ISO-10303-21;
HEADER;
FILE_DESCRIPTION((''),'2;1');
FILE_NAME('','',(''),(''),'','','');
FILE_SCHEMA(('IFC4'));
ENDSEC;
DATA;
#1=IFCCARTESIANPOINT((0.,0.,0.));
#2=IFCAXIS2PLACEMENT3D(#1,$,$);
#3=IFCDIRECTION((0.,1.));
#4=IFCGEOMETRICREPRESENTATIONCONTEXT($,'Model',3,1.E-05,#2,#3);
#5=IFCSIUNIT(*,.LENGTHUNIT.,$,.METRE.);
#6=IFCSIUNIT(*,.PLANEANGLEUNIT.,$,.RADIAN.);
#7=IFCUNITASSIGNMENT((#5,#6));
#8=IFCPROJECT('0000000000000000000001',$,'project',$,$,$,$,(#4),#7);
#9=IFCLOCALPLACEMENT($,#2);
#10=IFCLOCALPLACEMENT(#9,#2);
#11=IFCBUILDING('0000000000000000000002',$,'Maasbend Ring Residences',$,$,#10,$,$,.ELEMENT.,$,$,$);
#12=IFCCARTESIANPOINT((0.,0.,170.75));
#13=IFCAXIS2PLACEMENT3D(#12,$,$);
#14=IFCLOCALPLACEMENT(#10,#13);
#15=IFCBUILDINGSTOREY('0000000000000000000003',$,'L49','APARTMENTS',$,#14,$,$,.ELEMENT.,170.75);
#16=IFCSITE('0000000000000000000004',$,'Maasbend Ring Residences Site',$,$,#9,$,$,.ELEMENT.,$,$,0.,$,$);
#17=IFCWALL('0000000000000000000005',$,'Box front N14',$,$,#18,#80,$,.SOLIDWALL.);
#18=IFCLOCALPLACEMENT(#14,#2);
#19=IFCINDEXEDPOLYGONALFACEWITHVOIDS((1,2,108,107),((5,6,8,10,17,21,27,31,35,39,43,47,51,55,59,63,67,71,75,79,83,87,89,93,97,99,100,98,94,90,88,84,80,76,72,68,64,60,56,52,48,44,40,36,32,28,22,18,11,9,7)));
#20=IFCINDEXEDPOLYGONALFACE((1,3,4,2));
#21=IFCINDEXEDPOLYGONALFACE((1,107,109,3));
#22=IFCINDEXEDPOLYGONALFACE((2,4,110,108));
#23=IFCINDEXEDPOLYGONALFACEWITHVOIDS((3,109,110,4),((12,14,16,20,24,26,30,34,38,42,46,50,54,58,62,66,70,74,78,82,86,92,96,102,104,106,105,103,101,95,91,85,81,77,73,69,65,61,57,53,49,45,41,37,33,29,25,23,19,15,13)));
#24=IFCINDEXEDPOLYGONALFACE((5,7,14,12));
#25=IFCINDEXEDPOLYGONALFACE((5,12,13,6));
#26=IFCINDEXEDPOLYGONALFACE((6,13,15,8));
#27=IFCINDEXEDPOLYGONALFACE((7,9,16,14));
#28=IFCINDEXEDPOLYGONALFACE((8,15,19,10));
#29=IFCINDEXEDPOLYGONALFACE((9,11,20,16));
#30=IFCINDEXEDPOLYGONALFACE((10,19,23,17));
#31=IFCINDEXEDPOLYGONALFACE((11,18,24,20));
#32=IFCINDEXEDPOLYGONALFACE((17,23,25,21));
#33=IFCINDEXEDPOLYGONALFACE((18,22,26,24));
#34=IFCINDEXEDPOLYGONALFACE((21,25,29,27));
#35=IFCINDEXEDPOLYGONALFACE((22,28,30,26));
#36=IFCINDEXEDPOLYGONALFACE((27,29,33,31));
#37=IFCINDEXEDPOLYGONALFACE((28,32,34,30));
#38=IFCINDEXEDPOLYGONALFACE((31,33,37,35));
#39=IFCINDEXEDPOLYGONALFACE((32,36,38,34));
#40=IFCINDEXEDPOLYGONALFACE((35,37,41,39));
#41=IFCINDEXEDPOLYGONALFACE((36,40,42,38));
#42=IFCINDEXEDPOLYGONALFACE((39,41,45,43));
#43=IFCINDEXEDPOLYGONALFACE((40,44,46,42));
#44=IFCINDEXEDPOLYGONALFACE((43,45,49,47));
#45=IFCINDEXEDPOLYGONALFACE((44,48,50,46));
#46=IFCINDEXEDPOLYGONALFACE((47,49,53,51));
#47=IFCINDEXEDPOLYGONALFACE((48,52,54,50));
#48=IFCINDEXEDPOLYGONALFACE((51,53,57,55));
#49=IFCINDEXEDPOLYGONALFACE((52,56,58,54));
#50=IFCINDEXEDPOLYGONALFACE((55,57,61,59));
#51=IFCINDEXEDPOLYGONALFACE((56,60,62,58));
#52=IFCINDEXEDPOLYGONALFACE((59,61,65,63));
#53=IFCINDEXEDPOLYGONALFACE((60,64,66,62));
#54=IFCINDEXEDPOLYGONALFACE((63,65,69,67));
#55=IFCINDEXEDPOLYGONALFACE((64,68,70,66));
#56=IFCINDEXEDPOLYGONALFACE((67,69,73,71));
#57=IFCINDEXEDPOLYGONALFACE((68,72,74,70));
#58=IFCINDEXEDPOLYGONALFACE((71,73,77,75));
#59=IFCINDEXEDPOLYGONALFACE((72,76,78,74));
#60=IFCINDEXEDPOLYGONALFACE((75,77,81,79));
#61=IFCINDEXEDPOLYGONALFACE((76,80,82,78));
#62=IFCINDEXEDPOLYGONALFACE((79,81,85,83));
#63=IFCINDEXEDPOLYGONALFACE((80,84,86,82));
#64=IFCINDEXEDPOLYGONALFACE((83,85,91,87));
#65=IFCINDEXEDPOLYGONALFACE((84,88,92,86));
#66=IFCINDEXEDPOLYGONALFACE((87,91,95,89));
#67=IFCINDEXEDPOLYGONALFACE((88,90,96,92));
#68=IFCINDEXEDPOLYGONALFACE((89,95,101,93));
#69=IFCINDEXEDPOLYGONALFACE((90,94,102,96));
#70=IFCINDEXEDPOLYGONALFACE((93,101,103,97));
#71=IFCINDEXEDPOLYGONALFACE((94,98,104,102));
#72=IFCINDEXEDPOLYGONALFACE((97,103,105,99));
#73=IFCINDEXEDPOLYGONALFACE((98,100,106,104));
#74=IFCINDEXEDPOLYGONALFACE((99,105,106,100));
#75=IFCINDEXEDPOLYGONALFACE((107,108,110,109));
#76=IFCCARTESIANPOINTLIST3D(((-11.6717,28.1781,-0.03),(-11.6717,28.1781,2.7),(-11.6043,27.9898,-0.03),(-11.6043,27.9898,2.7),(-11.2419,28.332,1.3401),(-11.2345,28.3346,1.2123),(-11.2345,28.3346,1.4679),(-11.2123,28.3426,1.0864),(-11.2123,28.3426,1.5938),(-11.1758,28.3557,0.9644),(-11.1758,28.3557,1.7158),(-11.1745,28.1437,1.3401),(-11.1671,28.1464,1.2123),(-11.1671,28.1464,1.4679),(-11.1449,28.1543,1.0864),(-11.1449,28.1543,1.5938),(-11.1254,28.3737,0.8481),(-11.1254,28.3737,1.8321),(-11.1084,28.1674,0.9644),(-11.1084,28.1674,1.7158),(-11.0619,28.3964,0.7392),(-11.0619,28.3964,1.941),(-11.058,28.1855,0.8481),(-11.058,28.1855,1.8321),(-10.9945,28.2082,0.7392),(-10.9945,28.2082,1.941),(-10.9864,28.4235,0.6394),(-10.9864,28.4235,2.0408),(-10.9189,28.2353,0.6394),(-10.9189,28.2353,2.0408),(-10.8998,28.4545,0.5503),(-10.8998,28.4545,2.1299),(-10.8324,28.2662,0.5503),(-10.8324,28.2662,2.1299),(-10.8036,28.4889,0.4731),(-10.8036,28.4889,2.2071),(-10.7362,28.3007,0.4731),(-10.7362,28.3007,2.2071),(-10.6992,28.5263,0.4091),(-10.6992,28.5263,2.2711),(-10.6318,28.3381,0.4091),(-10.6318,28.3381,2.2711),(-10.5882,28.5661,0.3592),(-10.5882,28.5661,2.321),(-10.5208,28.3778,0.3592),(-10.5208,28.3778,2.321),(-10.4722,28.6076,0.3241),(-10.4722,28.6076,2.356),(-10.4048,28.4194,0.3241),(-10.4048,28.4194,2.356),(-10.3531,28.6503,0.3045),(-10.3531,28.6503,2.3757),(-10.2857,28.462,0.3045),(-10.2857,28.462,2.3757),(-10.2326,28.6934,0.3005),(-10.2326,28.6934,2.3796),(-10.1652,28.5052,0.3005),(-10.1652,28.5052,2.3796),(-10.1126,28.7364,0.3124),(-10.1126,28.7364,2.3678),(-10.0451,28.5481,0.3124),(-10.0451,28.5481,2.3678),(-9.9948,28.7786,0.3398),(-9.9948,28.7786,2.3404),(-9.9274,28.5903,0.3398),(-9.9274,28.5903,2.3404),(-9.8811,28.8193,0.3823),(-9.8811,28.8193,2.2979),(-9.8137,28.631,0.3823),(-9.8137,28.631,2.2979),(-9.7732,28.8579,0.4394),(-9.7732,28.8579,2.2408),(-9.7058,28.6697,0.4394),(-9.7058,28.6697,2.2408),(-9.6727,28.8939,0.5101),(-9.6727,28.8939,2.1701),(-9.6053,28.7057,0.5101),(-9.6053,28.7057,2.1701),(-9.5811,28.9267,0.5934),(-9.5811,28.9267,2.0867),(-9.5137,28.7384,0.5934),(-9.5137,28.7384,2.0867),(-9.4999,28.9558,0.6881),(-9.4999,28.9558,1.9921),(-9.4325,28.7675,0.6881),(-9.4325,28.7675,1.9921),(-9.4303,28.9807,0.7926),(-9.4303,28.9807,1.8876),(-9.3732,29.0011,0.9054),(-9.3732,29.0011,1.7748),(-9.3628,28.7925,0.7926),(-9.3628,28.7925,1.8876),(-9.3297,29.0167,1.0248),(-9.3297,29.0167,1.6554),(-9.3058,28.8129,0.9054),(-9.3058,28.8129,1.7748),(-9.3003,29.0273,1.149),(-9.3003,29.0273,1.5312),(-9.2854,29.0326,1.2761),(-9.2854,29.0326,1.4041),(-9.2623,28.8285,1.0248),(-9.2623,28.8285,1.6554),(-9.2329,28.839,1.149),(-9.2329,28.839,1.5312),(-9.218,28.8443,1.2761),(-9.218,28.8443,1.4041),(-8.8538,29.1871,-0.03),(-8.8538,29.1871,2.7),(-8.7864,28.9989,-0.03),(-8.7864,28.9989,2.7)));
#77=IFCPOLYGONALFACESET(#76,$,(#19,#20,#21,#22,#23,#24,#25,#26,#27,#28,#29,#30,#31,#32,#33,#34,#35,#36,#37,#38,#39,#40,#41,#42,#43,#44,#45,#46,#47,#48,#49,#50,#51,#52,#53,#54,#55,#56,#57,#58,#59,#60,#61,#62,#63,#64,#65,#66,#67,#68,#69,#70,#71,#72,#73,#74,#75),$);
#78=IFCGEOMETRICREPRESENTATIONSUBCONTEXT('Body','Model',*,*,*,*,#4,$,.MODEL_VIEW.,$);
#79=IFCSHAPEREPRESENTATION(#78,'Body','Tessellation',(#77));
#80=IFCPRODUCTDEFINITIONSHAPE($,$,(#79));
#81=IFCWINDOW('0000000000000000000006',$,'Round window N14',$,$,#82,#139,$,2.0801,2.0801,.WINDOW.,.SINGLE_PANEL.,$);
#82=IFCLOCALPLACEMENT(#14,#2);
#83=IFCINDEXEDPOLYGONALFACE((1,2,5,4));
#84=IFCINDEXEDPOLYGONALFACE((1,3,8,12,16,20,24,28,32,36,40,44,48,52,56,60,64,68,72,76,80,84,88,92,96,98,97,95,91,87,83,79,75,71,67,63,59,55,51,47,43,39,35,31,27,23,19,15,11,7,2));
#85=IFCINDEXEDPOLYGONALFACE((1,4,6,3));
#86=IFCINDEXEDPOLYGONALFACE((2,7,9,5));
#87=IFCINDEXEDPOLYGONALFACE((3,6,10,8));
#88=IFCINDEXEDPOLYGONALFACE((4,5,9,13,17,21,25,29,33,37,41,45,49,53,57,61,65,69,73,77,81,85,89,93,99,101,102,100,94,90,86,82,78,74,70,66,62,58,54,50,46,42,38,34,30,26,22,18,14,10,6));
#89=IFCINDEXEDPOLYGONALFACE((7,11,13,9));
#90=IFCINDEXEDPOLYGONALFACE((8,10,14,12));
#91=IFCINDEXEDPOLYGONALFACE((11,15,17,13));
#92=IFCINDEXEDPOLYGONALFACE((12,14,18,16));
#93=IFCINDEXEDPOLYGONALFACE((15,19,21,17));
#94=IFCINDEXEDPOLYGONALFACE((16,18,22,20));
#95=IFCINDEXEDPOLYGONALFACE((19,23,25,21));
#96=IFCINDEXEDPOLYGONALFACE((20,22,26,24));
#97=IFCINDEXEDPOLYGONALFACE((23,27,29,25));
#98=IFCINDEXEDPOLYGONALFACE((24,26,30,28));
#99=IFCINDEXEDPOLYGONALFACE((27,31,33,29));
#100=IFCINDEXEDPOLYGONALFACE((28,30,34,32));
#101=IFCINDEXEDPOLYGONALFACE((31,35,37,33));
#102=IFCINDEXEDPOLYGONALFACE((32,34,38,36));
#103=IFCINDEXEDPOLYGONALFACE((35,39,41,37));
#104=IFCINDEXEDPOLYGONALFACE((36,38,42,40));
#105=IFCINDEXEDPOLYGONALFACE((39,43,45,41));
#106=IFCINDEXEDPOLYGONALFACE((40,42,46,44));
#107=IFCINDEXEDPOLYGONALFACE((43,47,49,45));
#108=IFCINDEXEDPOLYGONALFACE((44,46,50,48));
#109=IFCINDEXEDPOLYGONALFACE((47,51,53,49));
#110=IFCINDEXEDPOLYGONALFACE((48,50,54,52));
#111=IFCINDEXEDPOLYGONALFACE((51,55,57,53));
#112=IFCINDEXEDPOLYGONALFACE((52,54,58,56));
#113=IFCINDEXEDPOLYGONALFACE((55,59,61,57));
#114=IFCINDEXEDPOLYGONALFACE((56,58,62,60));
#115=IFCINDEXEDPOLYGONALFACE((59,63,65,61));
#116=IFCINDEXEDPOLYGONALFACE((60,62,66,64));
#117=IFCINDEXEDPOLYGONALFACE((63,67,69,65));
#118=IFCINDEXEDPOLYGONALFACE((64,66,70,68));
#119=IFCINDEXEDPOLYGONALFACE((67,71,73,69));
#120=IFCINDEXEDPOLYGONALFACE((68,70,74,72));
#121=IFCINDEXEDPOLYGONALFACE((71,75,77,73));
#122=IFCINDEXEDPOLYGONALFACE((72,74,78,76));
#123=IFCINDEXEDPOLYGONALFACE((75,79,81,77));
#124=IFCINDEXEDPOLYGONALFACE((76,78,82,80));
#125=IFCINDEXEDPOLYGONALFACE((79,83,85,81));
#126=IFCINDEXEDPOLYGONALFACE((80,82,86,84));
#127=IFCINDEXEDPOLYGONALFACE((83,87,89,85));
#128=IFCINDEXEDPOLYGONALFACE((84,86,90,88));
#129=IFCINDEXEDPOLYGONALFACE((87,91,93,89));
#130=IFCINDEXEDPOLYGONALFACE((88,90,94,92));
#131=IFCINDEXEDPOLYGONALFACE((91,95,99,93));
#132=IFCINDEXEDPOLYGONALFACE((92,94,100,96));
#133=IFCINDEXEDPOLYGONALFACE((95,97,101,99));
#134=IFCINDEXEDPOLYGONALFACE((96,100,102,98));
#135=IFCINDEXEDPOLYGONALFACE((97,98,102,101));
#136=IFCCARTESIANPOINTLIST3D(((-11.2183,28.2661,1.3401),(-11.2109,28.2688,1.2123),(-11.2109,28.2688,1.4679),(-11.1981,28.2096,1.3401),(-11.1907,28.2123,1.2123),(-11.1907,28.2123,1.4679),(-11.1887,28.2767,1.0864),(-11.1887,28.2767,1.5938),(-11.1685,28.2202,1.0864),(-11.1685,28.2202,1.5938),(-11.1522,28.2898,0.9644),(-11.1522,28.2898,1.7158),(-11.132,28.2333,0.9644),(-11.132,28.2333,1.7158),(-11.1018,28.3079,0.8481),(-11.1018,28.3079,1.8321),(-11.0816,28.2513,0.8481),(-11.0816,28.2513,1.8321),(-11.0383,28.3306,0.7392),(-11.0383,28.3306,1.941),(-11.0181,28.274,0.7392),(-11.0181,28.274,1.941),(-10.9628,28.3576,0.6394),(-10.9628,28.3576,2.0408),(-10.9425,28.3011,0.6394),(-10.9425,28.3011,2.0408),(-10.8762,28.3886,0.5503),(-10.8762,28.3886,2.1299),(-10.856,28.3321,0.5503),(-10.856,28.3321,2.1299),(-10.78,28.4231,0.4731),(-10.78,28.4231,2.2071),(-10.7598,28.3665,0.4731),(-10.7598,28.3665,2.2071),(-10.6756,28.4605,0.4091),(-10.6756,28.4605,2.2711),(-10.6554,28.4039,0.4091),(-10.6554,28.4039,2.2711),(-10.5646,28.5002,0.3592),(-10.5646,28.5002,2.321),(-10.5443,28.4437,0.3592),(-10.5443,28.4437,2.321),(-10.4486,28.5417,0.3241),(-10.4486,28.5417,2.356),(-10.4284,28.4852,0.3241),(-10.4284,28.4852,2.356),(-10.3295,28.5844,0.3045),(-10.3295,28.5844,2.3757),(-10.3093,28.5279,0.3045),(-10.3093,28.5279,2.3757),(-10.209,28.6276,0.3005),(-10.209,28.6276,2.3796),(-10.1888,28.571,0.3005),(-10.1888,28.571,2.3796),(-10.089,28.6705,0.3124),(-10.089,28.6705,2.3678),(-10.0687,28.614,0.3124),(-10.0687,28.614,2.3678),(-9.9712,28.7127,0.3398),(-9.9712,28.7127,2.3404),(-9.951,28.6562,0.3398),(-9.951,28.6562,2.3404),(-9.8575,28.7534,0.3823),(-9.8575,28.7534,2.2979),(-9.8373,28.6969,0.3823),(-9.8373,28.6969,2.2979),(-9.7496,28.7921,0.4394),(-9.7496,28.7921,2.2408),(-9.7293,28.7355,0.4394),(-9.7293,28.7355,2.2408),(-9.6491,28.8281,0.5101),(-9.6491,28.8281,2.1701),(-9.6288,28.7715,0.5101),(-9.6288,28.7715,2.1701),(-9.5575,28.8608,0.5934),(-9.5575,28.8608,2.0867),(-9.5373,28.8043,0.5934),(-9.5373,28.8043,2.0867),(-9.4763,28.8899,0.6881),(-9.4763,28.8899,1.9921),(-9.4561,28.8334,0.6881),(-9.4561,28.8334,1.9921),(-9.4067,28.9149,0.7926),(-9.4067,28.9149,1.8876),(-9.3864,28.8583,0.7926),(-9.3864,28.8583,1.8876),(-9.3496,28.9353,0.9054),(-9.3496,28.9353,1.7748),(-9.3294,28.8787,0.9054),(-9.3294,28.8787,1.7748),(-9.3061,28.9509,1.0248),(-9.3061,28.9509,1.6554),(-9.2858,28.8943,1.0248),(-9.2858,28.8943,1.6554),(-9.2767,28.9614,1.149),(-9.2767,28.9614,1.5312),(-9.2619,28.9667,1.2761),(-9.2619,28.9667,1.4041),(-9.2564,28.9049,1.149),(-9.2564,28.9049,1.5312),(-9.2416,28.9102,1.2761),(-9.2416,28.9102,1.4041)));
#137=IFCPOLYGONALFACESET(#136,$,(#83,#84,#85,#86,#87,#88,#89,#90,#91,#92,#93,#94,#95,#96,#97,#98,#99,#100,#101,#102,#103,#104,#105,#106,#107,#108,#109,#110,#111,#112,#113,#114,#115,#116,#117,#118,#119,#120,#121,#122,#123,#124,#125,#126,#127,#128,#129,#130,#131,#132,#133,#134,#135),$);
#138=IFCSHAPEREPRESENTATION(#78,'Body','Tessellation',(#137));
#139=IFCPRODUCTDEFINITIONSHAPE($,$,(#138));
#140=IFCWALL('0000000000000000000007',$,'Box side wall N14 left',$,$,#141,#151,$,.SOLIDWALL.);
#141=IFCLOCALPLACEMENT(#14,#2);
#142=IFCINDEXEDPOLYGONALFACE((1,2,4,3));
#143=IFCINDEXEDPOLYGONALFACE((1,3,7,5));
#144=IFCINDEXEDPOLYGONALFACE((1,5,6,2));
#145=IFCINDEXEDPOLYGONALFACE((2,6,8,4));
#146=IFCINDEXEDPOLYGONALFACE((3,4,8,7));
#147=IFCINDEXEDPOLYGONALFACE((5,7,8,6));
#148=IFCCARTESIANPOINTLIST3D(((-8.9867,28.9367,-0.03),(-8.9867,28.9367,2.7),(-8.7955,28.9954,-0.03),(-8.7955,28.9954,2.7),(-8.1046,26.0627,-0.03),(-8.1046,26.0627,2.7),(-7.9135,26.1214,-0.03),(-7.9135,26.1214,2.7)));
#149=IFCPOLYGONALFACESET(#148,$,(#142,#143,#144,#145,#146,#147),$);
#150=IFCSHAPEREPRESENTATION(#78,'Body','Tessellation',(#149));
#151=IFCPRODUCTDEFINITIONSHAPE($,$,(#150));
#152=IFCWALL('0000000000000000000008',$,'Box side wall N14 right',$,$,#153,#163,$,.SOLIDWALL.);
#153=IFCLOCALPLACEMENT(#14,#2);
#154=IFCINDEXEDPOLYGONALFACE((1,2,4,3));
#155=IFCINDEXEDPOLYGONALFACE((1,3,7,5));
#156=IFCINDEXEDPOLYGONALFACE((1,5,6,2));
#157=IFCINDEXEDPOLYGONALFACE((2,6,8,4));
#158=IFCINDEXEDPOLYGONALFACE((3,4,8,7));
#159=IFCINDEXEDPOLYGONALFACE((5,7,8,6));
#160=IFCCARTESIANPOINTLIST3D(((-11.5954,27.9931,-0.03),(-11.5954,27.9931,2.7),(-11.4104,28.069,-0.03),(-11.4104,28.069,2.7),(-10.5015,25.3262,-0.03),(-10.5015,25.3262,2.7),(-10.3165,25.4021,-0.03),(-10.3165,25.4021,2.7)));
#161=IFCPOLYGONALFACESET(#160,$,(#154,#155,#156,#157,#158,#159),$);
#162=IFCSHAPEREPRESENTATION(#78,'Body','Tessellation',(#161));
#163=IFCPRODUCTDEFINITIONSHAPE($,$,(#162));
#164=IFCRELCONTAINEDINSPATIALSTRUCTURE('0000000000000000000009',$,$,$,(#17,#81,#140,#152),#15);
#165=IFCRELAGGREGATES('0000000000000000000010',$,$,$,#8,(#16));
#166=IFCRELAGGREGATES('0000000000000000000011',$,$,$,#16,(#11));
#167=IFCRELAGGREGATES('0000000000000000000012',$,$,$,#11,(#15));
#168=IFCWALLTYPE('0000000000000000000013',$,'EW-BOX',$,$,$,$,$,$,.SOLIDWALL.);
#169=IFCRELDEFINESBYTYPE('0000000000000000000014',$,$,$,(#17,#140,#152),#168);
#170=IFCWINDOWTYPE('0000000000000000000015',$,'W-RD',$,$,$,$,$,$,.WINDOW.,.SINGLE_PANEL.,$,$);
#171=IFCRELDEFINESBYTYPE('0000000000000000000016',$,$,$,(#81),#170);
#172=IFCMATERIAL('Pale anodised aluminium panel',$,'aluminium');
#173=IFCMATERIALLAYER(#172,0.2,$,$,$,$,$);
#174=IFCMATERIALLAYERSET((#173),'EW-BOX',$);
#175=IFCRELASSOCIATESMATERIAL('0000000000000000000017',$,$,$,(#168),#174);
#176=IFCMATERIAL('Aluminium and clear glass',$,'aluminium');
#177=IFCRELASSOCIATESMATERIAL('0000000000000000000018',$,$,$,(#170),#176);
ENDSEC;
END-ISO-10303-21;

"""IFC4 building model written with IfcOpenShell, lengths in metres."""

from ifc_helpers import new_model, si_unit, direction, frame, frame_2d, origin, place, context, subcontext, project, spatial, rectangle, circle, extrude, material, layer, layer_set, type_object, element, fill, save


model = new_model("IFC4")

# Units and contexts
model_context = context("Model", 3, precision=1e-05, world=origin(), true_north=direction((0.0, 1.0)))
body_context = subcontext(model_context, "Body", "Model", "MODEL_VIEW")
ifc_project = project(units=[si_unit("LENGTHUNIT", "METRE"), si_unit("PLANEANGLEUNIT", "RADIAN")], contexts=[model_context])

# Site, building, storey
site_placement = place(None, origin())
site = spatial("IfcSite", under=ifc_project, at=site_placement, Name="Maasbend Ring Residences Site", CompositionType="ELEMENT", RefElevation=0.0)
building_placement = place(site_placement, origin())
building = spatial("IfcBuilding", under=site, at=building_placement, Name="Maasbend Ring Residences", CompositionType="ELEMENT")
storey_placement = place(building_placement, frame((0.0, 0.0, 170.75)))
storey = spatial("IfcBuildingStorey", under=building, at=storey_placement, Name="L49", Description="APARTMENTS", CompositionType="ELEMENT", Elevation=170.75)

# Shared definitions
ifc_material_1 = material(Name="Pale anodised aluminium panel", Category="aluminium")
ifc_layer_1 = layer(ifc_material_1, 0.2)
ifc_layer_set_1 = layer_set([ifc_layer_1], Name="EW-BOX")
wall_type_1 = type_object("IfcWallType", Name="EW-BOX", PredefinedType="SOLIDWALL", material=ifc_layer_set_1)
ifc_material_2 = material(Name="Aluminium and clear glass", Category="aluminium")
window_type_1 = type_object("IfcWindowType", Name="W-RD", PartitioningType="SINGLE_PANEL", PredefinedType="WINDOW", material=ifc_material_2)

# Wall, opening, window
wall_1_placement = place(storey_placement, frame((-8.8201, 29.093, -0.03), z_axis=(0.0, 0.0, 1.0), x_axis=(-0.941461, -0.337122, 0.0)))
wall_1 = element("IfcWall", 1, at=wall_1_placement, inside=storey, type_object=wall_type_1, Name="Box front N14", PredefinedType="SOLIDWALL", context=body_context, shape_type="SweptSolid", body=[
    extrude(rectangle(XDim=2.9932, YDim=0.2, at=frame_2d((1.4966, 0.0))), origin(), (0.0, 0.0, 1.0), 2.73),
])
opening_1_placement = place(wall_1_placement, frame((0.4565, 0.0, 0.3301)))
opening_1 = element("IfcOpeningElement", 2, at=opening_1_placement, cuts=wall_1, PredefinedType="OPENING", context=body_context, shape_type="SweptSolid", body=[
    extrude(circle(Radius=1.04, at=frame_2d((1.04, 1.04))), frame((0.0, 0.1099, 0.0), z_axis=(0.0, -1.0, 0.0), x_axis=(1.0, 0.0, 0.0)), (0.0, 0.0, 1.0), 0.22),
])
window_1_placement = place(opening_1_placement, origin())
window_1 = element("IfcWindow", 3, at=window_1_placement, inside=storey, type_object=window_type_1, Name="Round window N14", OverallHeight=2.0801, OverallWidth=2.0801, PartitioningType="SINGLE_PANEL", PredefinedType="WINDOW", context=body_context, shape_type="SweptSolid", body=[
    extrude(circle(Radius=1.04, at=frame_2d((1.04, 1.04))), frame((0.0, 0.03, 0.0), z_axis=(0.0, -1.0, 0.0), x_axis=(1.0, 0.0, 0.0)), (0.0, 0.0, 1.0), 0.0601),
])
fill(opening_1, window_1)

# Walls
wall_2_placement = place(storey_placement, frame((-8.009, 26.092, -0.03), z_axis=(0.0, 0.0, 1.0), x_axis=(-0.293407, 0.955988, 0.0)))
element("IfcWall", 4, at=wall_2_placement, inside=storey, type_object=wall_type_1, Name="Box side wall N14 left", PredefinedType="SOLIDWALL", context=body_context, shape_type="SweptSolid", body=[
    extrude(rectangle(XDim=3.0063, YDim=0.2, at=frame_2d((1.5032, 0.0))), origin(), (0.0, 0.0, 1.0), 2.73),
])
wall_3_placement = place(storey_placement, frame((-10.4089, 25.364, -0.03), z_axis=(0.0, 0.0, 1.0), x_axis=(-0.37951, 0.925188, 0.0)))
element("IfcWall", 5, at=wall_3_placement, inside=storey, type_object=wall_type_1, Name="Box side wall N14 right", PredefinedType="SOLIDWALL", context=body_context, shape_type="SweptSolid", body=[
    extrude(rectangle(XDim=2.8826, YDim=0.2, at=frame_2d((1.4414, 0.0))), origin(), (0.0, 0.0, 1.0), 2.73),
])

save(model, "model.ifc")
